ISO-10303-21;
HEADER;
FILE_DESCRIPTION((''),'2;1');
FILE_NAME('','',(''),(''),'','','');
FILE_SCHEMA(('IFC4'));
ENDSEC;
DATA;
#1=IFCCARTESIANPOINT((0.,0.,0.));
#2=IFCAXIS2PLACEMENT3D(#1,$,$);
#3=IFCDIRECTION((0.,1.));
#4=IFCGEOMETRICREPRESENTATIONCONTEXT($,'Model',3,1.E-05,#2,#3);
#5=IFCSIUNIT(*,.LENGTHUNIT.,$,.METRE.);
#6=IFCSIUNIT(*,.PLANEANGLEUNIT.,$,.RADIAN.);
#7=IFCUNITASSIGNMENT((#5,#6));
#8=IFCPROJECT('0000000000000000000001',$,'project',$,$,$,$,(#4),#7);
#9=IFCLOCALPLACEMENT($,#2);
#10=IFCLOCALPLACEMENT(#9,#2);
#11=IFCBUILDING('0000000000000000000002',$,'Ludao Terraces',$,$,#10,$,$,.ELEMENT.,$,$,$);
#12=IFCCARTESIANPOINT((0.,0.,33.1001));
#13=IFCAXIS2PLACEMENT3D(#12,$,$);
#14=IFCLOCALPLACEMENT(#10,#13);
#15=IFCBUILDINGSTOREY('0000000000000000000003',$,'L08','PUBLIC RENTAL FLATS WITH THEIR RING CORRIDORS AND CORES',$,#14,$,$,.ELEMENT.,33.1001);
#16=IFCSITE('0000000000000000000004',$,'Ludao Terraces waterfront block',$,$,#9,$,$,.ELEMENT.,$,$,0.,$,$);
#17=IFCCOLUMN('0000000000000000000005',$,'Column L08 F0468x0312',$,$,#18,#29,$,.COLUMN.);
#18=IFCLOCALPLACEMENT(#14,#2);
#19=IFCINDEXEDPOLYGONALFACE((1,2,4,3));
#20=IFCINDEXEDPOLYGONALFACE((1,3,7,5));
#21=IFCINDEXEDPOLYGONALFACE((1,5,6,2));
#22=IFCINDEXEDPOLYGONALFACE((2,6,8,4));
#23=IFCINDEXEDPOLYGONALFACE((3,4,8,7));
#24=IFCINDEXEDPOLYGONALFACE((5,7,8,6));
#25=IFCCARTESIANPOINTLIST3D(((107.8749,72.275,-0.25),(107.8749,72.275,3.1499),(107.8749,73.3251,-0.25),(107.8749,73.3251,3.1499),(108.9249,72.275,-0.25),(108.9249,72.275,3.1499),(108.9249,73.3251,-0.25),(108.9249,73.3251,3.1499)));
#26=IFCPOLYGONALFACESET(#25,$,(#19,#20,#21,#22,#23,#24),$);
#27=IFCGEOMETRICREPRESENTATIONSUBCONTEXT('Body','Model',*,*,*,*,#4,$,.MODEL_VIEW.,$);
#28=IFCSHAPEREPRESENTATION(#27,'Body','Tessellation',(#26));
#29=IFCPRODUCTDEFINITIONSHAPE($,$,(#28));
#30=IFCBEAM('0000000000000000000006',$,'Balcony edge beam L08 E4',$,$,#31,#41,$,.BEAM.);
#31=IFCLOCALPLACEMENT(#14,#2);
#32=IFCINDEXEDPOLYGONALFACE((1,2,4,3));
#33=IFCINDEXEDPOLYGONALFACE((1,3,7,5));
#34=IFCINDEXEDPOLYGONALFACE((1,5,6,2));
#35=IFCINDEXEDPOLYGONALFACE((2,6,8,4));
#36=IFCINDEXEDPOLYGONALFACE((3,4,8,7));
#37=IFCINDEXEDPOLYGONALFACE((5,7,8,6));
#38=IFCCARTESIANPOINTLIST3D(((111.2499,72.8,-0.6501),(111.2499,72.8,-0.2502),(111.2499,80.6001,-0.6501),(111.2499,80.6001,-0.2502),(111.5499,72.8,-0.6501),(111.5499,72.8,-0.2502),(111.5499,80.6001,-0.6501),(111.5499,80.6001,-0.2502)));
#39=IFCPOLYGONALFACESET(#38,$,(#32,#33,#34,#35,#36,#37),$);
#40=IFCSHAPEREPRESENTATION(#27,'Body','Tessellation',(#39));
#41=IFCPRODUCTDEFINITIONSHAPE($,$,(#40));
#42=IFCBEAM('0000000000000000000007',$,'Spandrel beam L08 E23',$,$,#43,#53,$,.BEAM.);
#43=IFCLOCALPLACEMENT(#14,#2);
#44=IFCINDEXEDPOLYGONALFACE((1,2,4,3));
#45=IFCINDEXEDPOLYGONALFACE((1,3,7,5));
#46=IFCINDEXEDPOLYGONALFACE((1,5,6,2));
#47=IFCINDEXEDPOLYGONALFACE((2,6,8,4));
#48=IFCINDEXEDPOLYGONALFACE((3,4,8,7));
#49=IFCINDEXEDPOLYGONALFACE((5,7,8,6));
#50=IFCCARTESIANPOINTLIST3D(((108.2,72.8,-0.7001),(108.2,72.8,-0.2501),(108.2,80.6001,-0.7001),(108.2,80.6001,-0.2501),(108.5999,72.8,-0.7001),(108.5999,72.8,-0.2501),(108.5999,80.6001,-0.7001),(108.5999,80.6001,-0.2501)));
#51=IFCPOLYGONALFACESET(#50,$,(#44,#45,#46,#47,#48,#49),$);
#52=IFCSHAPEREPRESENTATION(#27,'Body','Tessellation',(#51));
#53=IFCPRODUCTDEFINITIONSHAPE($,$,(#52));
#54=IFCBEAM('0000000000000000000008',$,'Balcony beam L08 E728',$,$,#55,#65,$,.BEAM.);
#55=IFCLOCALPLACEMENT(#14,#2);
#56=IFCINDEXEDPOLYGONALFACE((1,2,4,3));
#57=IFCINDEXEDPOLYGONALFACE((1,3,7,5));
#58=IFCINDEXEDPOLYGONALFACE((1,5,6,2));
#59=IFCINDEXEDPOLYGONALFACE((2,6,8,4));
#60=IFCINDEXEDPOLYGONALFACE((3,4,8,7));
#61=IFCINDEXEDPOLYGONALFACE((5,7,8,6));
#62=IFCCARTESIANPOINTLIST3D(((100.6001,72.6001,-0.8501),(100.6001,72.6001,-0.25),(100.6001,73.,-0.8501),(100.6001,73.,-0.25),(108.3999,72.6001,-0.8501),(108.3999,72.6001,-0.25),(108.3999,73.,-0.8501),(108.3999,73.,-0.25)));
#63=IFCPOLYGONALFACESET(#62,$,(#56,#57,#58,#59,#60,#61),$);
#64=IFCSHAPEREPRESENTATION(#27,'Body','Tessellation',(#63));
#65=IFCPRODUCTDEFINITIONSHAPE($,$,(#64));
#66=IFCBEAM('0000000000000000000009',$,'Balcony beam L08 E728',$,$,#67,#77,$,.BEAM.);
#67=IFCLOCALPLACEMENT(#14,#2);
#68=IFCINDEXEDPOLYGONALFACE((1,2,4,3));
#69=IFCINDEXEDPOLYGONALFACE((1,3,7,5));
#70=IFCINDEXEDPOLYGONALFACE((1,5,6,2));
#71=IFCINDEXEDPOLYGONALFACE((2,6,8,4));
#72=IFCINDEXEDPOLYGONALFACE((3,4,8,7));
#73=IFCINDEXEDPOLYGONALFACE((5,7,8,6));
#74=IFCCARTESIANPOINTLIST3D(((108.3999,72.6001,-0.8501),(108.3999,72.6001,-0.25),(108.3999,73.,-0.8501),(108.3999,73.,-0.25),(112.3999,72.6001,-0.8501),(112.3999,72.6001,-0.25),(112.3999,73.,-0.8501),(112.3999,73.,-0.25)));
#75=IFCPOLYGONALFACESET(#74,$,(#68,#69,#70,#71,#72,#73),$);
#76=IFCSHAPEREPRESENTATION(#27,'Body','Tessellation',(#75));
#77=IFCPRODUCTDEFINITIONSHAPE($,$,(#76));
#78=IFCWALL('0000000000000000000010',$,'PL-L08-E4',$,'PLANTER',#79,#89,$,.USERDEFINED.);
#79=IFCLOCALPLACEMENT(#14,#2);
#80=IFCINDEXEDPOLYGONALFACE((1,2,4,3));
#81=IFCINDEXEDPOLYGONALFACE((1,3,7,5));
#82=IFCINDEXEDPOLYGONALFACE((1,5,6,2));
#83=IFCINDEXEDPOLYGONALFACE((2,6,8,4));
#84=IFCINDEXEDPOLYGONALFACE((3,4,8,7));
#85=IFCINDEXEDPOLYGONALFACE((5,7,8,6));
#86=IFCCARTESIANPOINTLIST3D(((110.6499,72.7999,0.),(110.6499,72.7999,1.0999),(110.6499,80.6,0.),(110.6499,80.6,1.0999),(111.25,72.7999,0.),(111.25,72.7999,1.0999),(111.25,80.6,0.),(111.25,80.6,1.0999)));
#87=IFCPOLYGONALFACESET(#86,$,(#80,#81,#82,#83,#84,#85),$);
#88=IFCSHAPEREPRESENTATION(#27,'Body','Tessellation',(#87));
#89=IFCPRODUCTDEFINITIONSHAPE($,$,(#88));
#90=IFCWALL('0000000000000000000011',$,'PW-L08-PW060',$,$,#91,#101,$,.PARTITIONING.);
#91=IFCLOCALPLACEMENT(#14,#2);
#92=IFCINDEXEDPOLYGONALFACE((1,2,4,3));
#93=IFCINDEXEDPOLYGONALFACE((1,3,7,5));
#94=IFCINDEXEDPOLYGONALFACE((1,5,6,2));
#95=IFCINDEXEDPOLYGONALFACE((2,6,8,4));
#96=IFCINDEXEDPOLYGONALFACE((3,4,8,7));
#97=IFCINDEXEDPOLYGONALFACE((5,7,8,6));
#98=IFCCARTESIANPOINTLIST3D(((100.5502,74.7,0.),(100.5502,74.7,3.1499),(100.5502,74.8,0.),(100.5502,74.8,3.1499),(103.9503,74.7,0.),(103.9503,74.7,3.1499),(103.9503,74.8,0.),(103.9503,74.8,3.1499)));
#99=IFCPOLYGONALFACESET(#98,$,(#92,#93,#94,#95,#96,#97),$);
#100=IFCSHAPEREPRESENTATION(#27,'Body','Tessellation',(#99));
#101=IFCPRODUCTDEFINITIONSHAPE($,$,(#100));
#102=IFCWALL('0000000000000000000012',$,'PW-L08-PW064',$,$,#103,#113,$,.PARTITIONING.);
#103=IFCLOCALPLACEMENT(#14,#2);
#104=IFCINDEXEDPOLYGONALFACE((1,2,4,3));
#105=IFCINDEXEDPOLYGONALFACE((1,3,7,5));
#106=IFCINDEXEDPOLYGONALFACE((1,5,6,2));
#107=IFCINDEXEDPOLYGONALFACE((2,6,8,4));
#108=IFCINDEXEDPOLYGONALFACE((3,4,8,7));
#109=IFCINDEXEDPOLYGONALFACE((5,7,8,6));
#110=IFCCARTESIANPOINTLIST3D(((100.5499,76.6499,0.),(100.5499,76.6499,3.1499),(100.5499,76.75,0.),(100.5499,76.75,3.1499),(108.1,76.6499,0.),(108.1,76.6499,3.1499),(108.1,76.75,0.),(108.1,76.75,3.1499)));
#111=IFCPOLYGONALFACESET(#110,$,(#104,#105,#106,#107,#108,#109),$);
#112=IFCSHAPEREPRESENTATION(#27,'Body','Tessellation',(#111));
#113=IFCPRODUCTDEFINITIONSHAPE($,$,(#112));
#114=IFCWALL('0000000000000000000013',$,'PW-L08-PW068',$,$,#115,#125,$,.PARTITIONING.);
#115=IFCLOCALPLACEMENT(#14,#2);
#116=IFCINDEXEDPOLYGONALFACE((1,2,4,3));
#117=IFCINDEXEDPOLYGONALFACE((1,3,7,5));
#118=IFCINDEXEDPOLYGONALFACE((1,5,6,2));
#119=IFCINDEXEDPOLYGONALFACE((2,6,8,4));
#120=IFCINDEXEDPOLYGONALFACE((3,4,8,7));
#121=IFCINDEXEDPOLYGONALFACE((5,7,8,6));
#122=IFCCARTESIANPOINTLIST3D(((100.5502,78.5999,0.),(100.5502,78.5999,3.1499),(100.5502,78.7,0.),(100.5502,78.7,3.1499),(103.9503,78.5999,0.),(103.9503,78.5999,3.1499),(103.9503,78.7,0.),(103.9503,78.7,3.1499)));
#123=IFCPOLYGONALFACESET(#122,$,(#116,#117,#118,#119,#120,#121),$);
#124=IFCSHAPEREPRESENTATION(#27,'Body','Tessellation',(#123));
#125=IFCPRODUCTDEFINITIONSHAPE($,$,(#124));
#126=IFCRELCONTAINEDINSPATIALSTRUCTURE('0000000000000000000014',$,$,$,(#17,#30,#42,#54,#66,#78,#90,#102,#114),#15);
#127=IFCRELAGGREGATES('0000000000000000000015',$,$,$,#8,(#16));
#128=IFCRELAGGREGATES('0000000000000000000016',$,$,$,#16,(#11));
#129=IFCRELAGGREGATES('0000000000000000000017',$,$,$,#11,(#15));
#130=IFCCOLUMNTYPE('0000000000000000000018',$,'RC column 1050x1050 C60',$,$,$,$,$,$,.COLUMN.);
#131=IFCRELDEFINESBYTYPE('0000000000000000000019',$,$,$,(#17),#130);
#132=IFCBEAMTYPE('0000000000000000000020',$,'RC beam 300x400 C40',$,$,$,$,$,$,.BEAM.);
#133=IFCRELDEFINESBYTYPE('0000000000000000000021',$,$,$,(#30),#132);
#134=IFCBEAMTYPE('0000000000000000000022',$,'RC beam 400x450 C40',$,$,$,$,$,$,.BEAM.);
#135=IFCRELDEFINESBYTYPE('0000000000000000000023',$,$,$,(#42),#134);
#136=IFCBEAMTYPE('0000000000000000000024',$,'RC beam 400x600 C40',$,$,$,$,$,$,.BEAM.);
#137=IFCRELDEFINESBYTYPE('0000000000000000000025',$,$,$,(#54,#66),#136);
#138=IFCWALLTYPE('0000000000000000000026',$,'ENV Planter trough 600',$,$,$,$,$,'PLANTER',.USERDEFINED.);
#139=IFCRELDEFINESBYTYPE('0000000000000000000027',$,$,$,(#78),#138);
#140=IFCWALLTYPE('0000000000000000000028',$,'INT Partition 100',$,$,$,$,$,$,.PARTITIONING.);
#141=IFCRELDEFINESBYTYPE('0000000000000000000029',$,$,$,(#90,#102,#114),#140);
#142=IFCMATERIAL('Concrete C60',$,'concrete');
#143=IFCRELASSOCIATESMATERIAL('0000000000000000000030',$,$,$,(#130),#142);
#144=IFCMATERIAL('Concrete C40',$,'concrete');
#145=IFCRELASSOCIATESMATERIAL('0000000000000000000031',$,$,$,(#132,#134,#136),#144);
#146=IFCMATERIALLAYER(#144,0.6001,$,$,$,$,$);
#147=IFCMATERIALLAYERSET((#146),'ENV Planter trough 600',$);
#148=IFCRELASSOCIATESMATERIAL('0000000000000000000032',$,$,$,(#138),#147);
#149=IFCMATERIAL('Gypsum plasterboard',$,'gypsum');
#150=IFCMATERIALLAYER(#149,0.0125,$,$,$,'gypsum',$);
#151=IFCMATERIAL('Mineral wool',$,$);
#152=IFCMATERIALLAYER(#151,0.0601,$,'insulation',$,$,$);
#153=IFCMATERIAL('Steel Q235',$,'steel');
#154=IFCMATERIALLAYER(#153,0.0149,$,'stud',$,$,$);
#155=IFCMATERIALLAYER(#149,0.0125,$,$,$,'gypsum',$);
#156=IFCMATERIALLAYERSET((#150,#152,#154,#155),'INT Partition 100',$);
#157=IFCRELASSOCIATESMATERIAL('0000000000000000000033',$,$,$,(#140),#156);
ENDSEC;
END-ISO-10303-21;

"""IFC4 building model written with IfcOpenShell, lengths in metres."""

from ifc_helpers import new_model, si_unit, direction, frame, frame_2d, origin, origin_2d, place, context, subcontext, project, spatial, rectangle, extrude, material, layer, layer_set, material_profile, profile_set, type_object, element, save


model = new_model("IFC4")

# Units and contexts
model_context = context("Model", 3, precision=1e-05, world=origin(), true_north=direction((0.0, 1.0)))
body_context = subcontext(model_context, "Body", "Model", "MODEL_VIEW")
ifc_project = project(units=[si_unit("LENGTHUNIT", "METRE"), si_unit("PLANEANGLEUNIT", "RADIAN")], contexts=[model_context])

# Site, building, storey
site_placement = place(None, origin())
site = spatial("IfcSite", under=ifc_project, at=site_placement, Name="Ludao Terraces waterfront block", CompositionType="ELEMENT", RefElevation=0.0)
building_placement = place(site_placement, origin())
building = spatial("IfcBuilding", under=site, at=building_placement, Name="Ludao Terraces", CompositionType="ELEMENT")
storey_placement = place(building_placement, frame((0.0, 0.0, 33.1001)))
storey = spatial("IfcBuildingStorey", under=building, at=storey_placement, Name="L08", Description="PUBLIC RENTAL FLATS WITH THEIR RING CORRIDORS AND CORES", CompositionType="ELEMENT", Elevation=33.1001)

# Column
ifc_material_1 = material(Name="Concrete C60", Category="concrete")
ifc_material_profile_1 = material_profile(ifc_material_1, rectangle(XDim=1.05, YDim=1.05, at=origin_2d()), Name="1050 X 1050")
ifc_profile_set_1 = profile_set([ifc_material_profile_1], Name="Concrete C60")
column_type = type_object("IfcColumnType", Name="RC column 1050x1050 C60", PredefinedType="COLUMN", material=ifc_profile_set_1)
column_placement = place(storey_placement, frame((108.3999, 72.8, -0.25), z_axis=(0.0, 0.0, 1.0), x_axis=(1.0, 0.0, 0.0)))
element("IfcColumn", 1, at=column_placement, inside=storey, type_object=column_type, Name="Column L08 F0468x0312", PredefinedType="COLUMN", context=body_context, shape_type="SweptSolid", body=[
    extrude(rectangle(XDim=1.05, YDim=1.05, at=origin_2d()), origin(), (0.0, 0.0, 1.0), 3.3999),
])

# Beams
ifc_material_2 = material(Name="Concrete C40", Category="concrete")
ifc_material_profile_2 = material_profile(ifc_material_2, rectangle(XDim=0.3, YDim=0.3999, at=origin_2d()), Name="300 X 400")
ifc_profile_set_2 = profile_set([ifc_material_profile_2], Name="Concrete C40")
beam_type_1 = type_object("IfcBeamType", Name="RC beam 300x400 C40", PredefinedType="BEAM", material=ifc_profile_set_2)
beam_1_placement = place(storey_placement, frame((111.3999, 72.8, -0.4502), z_axis=(0.0, 1.0, 0.0), x_axis=(-1.0, 0.0, 0.0)))
element("IfcBeam", 2, at=beam_1_placement, inside=storey, type_object=beam_type_1, Name="Balcony edge beam L08 E4", PredefinedType="BEAM", context=body_context, shape_type="SweptSolid", body=[
    extrude(rectangle(XDim=0.3, YDim=0.3999, at=origin_2d()), origin(), (0.0, 0.0, 1.0), 7.8),
])
ifc_material_profile_3 = material_profile(ifc_material_2, rectangle(XDim=0.3999, YDim=0.45, at=origin_2d()), Name="400 X 450")
ifc_profile_set_3 = profile_set([ifc_material_profile_3], Name="Concrete C40")
beam_type_2 = type_object("IfcBeamType", Name="RC beam 400x450 C40", PredefinedType="BEAM", material=ifc_profile_set_3)
beam_2_placement = place(storey_placement, frame((108.3999, 72.8, -0.4751), z_axis=(0.0, 1.0, 0.0), x_axis=(-1.0, 0.0, 0.0)))
element("IfcBeam", 3, at=beam_2_placement, inside=storey, type_object=beam_type_2, Name="Spandrel beam L08 E23", PredefinedType="BEAM", context=body_context, shape_type="SweptSolid", body=[
    extrude(rectangle(XDim=0.3999, YDim=0.45, at=origin_2d()), origin(), (0.0, 0.0, 1.0), 7.8),
])
ifc_material_profile_4 = material_profile(ifc_material_2, rectangle(XDim=0.3999, YDim=0.6001, at=origin_2d()), Name="400 X 600")
ifc_profile_set_4 = profile_set([ifc_material_profile_4], Name="Concrete C40")
beam_type_3 = type_object("IfcBeamType", Name="RC beam 400x600 C40", PredefinedType="BEAM", material=ifc_profile_set_4)
beam_3_placement = place(storey_placement, frame((100.6001, 72.8, -0.55), z_axis=(1.0, 0.0, 0.0), x_axis=(0.0, 1.0, 0.0)))
element("IfcBeam", 4, at=beam_3_placement, inside=storey, type_object=beam_type_3, Name="Balcony beam L08 E728", PredefinedType="BEAM", context=body_context, shape_type="SweptSolid", body=[
    extrude(rectangle(XDim=0.3999, YDim=0.6001, at=origin_2d()), origin(), (0.0, 0.0, 1.0), 7.7998),
])
beam_4_placement = place(storey_placement, frame((108.3999, 72.8, -0.55), z_axis=(1.0, 0.0, 0.0), x_axis=(0.0, 1.0, 0.0)))
element("IfcBeam", 5, at=beam_4_placement, inside=storey, type_object=beam_type_3, Name="Balcony beam L08 E728", PredefinedType="BEAM", context=body_context, shape_type="SweptSolid", body=[
    extrude(rectangle(XDim=0.3999, YDim=0.6001, at=origin_2d()), origin(), (0.0, 0.0, 1.0), 4.0),
])

# Wall
ifc_layer_1 = layer(ifc_material_2, 0.6001)
ifc_layer_set_1 = layer_set([ifc_layer_1], Name="ENV Planter trough 600")
wall_type_1 = type_object("IfcWallType", Name="ENV Planter trough 600", ElementType="PLANTER", PredefinedType="USERDEFINED", material=ifc_layer_set_1)
wall_1_placement = place(storey_placement, frame((110.95, 72.8, 0.0), z_axis=(0.0, 0.0, 1.0), x_axis=(0.0, 1.0, 0.0)))
element("IfcWall", 6, at=wall_1_placement, inside=storey, type_object=wall_type_1, Name="PL-L08-E4", ObjectType="PLANTER", PredefinedType="USERDEFINED", context=body_context, shape_type="SweptSolid", body=[
    extrude(rectangle(XDim=7.8, YDim=0.6001, at=frame_2d((3.8999, 0.0))), origin(), (0.0, 0.0, 1.0), 1.0999),
])

# Shared definitions
ifc_material_3 = material(Name="Mineral wool")

# Walls
ifc_material_4 = material(Name="Gypsum plasterboard", Category="gypsum")
ifc_layer_2 = layer(ifc_material_4, 0.0125, Category="gypsum")
ifc_layer_3 = layer(ifc_material_3, 0.0601, Name="insulation")
ifc_material_5 = material(Name="Steel Q235", Category="steel")
ifc_layer_4 = layer(ifc_material_5, 0.0149, Name="stud")
ifc_layer_5 = layer(ifc_material_4, 0.0125, Category="gypsum")
ifc_layer_set_2 = layer_set([ifc_layer_2, ifc_layer_3, ifc_layer_4, ifc_layer_5], Name="INT Partition 100")
wall_type_2 = type_object("IfcWallType", Name="INT Partition 100", PredefinedType="PARTITIONING", material=ifc_layer_set_2)
wall_2_placement = place(storey_placement, frame((100.55, 74.75, 0.0), z_axis=(0.0, 0.0, 1.0), x_axis=(1.0, 0.0, 0.0)))
element("IfcWall", 7, at=wall_2_placement, inside=storey, type_object=wall_type_2, Name="PW-L08-PW060", PredefinedType="PARTITIONING", context=body_context, shape_type="SweptSolid", body=[
    extrude(rectangle(XDim=3.4001, YDim=0.1001, at=frame_2d((1.7002, 0.0))), origin(), (0.0, 0.0, 1.0), 3.1499),
])
wall_3_placement = place(storey_placement, frame((100.55, 76.7, 0.0), z_axis=(0.0, 0.0, 1.0), x_axis=(1.0, 0.0, 0.0)))
element("IfcWall", 8, at=wall_3_placement, inside=storey, type_object=wall_type_2, Name="PW-L08-PW064", PredefinedType="PARTITIONING", context=body_context, shape_type="SweptSolid", body=[
    extrude(rectangle(XDim=7.55, YDim=0.1001, at=frame_2d((3.7749, 0.0))), origin(), (0.0, 0.0, 1.0), 3.1499),
])
wall_4_placement = place(storey_placement, frame((100.55, 78.6499, 0.0), z_axis=(0.0, 0.0, 1.0), x_axis=(1.0, 0.0, 0.0)))
element("IfcWall", 9, at=wall_4_placement, inside=storey, type_object=wall_type_2, Name="PW-L08-PW068", PredefinedType="PARTITIONING", context=body_context, shape_type="SweptSolid", body=[
    extrude(rectangle(XDim=3.4001, YDim=0.1001, at=frame_2d((1.7002, 0.0))), origin(), (0.0, 0.0, 1.0), 3.1499),
])

save(model, "model.ifc")
